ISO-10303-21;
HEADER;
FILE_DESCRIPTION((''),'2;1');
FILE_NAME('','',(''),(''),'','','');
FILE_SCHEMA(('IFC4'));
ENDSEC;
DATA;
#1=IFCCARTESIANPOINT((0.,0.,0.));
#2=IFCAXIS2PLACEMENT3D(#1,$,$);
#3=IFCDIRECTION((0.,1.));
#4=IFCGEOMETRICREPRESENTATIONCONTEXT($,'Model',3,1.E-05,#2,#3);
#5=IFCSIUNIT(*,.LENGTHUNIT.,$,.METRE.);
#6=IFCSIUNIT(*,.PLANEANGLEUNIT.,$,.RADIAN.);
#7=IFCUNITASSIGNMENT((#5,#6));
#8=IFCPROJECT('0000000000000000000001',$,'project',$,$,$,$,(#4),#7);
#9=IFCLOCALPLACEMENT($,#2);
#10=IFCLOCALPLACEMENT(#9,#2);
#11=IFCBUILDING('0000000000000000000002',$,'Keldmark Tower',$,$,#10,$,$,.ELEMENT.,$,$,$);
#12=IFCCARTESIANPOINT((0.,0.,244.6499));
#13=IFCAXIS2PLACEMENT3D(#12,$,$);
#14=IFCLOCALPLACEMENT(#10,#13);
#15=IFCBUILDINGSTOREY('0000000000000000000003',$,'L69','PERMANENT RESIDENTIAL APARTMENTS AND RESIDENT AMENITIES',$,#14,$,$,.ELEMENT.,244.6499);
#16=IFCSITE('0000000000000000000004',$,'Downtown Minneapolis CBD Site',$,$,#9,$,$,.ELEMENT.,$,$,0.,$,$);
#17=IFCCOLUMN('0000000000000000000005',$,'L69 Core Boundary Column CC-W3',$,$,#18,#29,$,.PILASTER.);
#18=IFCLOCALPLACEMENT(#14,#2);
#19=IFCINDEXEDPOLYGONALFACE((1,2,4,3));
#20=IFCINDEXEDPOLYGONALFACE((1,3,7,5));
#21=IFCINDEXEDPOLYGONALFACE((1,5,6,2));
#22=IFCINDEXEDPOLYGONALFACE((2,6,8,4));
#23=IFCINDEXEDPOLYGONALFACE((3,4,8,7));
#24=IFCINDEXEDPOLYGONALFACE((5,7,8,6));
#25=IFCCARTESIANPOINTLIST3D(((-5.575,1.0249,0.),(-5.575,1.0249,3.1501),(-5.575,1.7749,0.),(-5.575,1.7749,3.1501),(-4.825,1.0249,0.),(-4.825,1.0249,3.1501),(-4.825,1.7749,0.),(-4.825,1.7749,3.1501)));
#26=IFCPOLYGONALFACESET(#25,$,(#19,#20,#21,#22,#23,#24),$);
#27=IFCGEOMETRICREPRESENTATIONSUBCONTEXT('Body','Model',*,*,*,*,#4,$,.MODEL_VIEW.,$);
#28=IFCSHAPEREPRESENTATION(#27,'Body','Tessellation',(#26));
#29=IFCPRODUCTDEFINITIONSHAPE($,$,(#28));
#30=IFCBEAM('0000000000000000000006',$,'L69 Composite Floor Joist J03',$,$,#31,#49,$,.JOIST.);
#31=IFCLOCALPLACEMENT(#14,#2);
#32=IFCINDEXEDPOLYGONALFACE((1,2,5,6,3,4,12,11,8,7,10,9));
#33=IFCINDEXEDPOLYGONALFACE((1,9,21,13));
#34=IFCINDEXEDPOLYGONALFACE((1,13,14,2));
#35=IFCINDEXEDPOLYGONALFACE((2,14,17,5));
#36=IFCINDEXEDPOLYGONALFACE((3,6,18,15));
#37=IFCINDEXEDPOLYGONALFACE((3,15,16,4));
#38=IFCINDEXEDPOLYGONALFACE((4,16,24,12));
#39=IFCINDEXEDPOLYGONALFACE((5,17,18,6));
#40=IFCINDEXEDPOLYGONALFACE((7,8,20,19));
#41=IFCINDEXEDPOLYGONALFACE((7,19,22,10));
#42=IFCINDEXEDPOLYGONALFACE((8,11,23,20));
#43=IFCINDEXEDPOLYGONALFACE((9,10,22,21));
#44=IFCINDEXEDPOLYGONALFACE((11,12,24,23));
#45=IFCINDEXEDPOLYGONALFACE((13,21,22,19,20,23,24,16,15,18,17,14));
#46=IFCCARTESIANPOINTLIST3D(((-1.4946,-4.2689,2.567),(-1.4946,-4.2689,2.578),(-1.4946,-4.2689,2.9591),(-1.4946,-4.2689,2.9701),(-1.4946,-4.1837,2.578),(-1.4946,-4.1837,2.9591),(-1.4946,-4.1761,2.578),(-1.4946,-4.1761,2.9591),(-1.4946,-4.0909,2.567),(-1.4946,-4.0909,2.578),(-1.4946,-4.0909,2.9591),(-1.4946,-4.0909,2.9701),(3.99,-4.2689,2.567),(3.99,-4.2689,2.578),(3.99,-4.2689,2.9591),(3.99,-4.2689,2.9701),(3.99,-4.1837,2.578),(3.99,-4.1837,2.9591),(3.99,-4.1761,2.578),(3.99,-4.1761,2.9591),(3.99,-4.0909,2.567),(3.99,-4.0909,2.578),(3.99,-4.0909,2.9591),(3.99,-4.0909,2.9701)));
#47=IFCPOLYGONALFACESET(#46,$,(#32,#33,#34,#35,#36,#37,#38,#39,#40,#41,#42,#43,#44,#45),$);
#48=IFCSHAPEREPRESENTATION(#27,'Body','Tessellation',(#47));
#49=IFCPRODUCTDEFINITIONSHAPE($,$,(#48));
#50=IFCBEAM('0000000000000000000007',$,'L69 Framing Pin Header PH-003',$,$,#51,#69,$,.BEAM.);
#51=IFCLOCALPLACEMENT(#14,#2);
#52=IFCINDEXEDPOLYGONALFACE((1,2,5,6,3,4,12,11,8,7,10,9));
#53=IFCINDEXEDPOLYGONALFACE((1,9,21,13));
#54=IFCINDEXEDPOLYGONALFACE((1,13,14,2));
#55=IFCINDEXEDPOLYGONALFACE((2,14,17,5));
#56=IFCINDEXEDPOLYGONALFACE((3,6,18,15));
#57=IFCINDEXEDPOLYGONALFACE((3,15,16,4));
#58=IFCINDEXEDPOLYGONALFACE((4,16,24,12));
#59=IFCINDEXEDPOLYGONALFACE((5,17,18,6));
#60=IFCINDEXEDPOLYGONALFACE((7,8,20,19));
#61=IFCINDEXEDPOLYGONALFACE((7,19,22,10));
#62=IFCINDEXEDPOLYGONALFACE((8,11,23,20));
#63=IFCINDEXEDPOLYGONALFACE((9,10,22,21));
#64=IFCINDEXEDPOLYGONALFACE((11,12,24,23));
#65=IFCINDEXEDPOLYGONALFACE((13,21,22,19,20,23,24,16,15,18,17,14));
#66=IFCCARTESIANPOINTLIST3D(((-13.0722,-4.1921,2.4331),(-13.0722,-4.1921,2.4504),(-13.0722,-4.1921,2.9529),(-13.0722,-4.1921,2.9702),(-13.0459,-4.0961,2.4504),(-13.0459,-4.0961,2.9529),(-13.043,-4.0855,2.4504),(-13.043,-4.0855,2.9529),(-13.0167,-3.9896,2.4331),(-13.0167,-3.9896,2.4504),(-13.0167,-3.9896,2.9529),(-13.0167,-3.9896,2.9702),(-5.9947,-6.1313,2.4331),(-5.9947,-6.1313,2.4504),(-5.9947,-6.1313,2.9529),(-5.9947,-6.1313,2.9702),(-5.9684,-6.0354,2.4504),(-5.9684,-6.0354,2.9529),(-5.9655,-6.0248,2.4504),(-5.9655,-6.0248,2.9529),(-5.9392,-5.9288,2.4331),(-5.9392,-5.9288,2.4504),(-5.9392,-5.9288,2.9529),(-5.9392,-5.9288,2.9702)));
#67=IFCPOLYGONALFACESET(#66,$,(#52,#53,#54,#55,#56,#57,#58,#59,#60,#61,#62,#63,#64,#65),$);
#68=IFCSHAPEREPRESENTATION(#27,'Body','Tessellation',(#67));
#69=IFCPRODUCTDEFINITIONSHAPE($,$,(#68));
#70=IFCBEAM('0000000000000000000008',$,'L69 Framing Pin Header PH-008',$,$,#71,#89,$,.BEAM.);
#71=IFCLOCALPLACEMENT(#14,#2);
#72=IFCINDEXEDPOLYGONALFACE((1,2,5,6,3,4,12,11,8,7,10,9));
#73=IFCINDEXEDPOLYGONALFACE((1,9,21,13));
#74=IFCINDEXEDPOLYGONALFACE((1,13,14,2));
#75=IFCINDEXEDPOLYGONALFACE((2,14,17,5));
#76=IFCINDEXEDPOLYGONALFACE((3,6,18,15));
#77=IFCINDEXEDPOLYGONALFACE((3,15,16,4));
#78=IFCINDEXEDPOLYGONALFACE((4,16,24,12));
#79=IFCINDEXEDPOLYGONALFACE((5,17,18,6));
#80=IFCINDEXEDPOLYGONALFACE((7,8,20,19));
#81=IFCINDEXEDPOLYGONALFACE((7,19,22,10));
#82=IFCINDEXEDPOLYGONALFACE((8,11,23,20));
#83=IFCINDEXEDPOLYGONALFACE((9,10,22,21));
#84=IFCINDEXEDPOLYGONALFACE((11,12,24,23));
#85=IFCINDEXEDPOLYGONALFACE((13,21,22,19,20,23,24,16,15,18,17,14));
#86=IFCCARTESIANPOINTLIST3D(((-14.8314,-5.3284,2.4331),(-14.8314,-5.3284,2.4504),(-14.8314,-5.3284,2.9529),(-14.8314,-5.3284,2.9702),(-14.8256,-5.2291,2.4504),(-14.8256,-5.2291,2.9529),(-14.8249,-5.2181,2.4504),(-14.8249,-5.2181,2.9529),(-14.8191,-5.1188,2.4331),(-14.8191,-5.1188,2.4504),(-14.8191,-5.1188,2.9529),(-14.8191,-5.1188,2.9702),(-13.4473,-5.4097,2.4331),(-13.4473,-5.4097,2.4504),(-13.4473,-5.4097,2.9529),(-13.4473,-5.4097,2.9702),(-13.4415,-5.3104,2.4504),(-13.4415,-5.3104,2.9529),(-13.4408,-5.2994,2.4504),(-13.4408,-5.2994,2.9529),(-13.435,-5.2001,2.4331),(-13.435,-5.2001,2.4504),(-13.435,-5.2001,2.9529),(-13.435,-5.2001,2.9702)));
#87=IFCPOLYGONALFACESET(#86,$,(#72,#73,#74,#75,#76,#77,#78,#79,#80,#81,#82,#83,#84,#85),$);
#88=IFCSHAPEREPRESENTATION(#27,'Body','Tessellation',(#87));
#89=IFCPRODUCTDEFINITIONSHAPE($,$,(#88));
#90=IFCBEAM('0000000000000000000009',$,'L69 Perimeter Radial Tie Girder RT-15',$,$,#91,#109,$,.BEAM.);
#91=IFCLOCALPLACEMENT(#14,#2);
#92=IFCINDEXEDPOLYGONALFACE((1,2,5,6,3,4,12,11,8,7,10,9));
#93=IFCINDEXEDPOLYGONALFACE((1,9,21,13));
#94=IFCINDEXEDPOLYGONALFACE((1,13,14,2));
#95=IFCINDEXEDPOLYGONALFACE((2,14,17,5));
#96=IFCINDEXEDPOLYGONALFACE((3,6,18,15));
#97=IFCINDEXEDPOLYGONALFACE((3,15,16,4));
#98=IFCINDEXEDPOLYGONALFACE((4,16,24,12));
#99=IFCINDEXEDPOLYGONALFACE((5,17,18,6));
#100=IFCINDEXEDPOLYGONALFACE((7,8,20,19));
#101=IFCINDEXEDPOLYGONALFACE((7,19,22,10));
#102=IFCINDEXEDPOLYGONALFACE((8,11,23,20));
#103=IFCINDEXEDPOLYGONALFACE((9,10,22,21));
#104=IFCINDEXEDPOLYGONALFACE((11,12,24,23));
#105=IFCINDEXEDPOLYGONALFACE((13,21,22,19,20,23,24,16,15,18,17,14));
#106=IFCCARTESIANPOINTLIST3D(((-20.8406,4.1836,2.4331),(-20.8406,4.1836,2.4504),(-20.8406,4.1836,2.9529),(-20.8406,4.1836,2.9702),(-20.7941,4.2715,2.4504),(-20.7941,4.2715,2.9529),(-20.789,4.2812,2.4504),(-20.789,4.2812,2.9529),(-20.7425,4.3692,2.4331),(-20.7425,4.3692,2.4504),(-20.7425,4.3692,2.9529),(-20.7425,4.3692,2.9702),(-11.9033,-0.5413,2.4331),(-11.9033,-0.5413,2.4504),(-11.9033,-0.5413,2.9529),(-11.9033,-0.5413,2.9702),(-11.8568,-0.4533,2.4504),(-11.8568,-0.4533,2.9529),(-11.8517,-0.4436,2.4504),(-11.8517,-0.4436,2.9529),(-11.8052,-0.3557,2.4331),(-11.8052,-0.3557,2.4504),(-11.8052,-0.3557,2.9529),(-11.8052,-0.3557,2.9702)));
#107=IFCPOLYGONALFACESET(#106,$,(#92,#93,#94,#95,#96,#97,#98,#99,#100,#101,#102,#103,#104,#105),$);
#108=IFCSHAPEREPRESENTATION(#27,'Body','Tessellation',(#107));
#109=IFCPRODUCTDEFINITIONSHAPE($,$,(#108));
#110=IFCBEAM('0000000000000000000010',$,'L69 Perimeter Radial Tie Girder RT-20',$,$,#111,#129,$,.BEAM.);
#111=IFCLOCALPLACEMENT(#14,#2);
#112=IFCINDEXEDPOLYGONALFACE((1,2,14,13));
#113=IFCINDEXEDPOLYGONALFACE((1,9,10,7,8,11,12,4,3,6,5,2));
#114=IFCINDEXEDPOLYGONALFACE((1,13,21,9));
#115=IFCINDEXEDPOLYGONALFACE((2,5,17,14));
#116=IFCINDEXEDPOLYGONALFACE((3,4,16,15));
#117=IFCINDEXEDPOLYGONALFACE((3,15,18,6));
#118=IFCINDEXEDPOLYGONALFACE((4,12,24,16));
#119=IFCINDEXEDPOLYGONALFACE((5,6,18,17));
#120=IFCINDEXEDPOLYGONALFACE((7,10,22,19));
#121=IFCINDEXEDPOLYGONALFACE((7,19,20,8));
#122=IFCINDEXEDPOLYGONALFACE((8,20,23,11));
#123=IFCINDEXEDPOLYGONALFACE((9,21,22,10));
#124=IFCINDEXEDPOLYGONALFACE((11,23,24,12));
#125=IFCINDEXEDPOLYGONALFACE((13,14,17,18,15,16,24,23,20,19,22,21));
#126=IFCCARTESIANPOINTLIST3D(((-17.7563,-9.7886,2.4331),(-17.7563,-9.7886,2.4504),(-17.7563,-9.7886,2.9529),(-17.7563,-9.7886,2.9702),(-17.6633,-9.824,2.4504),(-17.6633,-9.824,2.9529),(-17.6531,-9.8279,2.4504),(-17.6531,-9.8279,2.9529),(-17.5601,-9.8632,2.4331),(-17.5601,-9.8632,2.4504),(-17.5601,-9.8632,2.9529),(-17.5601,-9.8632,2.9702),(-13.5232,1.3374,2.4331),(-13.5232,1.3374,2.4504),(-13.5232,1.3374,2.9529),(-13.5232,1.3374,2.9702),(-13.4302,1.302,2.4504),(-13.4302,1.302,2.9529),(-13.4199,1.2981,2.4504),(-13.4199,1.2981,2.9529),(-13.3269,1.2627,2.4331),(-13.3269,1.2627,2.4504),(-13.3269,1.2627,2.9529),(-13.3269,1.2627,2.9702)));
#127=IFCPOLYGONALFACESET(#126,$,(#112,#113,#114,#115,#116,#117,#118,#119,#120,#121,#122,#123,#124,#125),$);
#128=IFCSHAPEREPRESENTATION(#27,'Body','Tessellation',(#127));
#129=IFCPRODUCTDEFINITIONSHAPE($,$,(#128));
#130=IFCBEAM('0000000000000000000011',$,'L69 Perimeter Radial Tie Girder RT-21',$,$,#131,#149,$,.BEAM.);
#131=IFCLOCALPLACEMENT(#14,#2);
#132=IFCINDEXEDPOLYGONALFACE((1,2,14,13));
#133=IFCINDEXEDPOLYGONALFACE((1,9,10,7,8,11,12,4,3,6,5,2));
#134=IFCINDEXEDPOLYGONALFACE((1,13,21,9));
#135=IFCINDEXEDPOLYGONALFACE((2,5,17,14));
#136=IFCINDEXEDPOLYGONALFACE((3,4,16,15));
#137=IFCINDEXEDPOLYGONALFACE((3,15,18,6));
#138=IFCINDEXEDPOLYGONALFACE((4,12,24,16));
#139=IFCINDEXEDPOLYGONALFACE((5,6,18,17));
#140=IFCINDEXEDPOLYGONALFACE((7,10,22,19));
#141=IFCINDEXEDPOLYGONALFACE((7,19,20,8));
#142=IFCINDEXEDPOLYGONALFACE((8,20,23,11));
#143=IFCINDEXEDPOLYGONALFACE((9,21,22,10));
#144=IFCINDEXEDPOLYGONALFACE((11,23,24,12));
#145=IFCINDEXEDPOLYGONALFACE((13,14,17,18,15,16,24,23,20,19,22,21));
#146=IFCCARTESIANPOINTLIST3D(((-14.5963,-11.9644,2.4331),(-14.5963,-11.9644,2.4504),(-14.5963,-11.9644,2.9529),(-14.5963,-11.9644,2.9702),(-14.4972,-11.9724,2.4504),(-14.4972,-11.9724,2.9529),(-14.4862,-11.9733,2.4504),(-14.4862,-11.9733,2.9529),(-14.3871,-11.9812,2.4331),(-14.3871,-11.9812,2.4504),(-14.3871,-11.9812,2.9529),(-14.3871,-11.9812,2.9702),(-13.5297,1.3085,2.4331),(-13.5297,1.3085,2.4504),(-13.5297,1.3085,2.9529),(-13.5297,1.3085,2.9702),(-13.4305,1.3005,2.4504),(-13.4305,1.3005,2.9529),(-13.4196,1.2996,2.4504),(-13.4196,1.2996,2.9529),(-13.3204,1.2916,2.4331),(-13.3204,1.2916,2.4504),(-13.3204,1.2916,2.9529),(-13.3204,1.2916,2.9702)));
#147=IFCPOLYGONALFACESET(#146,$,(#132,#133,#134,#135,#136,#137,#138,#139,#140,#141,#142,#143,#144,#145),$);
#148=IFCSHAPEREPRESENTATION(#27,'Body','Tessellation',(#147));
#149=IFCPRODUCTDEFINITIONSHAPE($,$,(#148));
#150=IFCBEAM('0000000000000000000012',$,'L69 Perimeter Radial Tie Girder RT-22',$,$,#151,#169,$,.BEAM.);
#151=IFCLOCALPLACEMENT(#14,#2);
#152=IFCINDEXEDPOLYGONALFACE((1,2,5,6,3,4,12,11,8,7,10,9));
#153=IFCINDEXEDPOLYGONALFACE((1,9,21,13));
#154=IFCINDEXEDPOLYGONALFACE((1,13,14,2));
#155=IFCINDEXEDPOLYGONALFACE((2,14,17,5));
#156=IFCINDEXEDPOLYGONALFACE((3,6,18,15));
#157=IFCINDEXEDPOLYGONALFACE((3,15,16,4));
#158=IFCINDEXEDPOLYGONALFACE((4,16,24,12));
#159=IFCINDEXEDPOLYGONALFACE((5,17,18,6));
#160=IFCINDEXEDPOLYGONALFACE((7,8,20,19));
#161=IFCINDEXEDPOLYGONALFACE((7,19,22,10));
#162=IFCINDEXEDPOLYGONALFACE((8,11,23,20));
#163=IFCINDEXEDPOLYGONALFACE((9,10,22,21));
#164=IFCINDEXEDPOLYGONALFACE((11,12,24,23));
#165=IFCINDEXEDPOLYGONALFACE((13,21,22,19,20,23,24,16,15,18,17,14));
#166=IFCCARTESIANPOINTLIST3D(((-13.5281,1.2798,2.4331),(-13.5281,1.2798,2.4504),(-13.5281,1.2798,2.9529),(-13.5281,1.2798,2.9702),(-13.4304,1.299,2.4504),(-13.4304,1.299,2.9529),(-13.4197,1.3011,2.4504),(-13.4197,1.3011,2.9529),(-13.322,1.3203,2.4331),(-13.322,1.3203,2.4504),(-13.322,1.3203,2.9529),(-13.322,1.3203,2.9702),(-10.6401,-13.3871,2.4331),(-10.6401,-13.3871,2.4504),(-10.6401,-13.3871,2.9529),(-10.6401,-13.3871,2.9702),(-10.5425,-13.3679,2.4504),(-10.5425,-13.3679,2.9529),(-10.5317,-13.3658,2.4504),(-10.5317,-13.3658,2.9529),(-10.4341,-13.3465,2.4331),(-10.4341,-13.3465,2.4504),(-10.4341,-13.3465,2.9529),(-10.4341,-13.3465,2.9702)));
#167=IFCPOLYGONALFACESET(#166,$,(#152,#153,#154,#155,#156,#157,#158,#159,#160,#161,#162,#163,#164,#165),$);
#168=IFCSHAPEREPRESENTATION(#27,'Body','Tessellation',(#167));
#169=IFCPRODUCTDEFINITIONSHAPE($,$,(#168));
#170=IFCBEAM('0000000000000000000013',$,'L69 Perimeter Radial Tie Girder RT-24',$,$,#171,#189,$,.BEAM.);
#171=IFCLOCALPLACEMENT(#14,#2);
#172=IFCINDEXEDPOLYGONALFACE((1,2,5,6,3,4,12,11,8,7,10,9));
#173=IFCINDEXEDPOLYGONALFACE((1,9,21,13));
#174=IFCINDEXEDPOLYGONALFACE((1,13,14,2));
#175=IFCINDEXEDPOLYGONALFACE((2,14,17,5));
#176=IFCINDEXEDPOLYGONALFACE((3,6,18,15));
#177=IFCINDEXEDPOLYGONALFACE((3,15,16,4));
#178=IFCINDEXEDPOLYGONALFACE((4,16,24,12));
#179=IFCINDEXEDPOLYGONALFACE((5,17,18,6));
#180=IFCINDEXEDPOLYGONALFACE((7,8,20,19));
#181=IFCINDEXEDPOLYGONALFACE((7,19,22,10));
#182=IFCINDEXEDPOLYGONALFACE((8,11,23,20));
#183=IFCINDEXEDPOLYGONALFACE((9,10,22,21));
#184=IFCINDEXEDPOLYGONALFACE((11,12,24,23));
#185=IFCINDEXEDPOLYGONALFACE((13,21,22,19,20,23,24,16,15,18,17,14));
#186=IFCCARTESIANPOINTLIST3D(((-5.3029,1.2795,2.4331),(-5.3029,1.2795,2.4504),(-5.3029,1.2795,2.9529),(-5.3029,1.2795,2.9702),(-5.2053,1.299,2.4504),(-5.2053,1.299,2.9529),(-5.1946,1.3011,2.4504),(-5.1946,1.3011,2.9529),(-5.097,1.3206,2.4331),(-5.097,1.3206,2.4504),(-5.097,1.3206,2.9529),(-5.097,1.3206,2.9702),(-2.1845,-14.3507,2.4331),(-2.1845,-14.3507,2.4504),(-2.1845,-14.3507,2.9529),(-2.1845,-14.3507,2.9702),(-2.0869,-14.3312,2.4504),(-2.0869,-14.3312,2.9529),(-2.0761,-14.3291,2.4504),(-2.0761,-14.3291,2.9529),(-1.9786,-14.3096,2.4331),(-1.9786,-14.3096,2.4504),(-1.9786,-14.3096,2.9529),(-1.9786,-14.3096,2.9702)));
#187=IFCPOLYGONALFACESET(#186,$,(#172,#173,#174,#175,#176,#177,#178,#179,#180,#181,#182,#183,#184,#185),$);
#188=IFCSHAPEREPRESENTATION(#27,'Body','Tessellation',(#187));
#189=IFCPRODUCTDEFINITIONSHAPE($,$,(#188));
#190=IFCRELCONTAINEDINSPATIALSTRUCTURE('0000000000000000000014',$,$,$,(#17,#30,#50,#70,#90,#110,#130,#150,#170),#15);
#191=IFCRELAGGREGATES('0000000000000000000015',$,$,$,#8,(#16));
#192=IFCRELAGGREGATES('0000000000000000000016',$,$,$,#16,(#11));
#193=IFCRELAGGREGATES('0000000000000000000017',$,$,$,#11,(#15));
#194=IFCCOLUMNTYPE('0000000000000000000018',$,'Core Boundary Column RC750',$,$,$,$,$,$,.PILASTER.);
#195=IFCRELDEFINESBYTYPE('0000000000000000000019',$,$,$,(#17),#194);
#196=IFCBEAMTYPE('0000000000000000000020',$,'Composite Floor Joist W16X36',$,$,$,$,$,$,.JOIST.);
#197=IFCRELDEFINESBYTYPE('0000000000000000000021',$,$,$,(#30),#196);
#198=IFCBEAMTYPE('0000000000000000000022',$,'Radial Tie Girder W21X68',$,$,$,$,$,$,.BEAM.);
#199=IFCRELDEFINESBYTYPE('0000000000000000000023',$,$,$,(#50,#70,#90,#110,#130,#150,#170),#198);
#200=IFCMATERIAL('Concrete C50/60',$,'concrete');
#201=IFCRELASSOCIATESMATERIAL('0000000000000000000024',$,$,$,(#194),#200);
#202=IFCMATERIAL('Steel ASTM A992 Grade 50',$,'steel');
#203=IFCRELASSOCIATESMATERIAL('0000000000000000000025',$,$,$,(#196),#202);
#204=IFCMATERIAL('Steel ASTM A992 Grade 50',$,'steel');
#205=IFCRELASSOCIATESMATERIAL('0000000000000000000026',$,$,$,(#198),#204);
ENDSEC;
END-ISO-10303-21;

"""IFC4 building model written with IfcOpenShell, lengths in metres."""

from ifc_helpers import new_model, si_unit, direction, frame, origin, origin_2d, place, context, subcontext, project, spatial, rectangle, i_section, extrude, material, material_profile, profile_set, type_object, element, save


model = new_model("IFC4")

# Units and contexts
model_context = context("Model", 3, precision=1e-05, world=origin(), true_north=direction((0.0, 1.0)))
body_context = subcontext(model_context, "Body", "Model", "MODEL_VIEW")
ifc_project = project(units=[si_unit("LENGTHUNIT", "METRE"), si_unit("PLANEANGLEUNIT", "RADIAN")], contexts=[model_context])

# Site, building, storey
site_placement = place(None, origin())
site = spatial("IfcSite", under=ifc_project, at=site_placement, Name="Downtown Minneapolis CBD Site", CompositionType="ELEMENT", RefElevation=0.0)
building_placement = place(site_placement, origin())
building = spatial("IfcBuilding", under=site, at=building_placement, Name="Keldmark Tower", CompositionType="ELEMENT")
storey_placement = place(building_placement, frame((0.0, 0.0, 244.6499)))
storey = spatial("IfcBuildingStorey", under=building, at=storey_placement, Name="L69", Description="PERMANENT RESIDENTIAL APARTMENTS AND RESIDENT AMENITIES", CompositionType="ELEMENT", Elevation=244.6499)

# Column
ifc_material_1 = material(Name="Concrete C50/60", Category="concrete")
ifc_material_profile_1 = material_profile(ifc_material_1, rectangle(XDim=0.75, YDim=0.75, at=origin_2d()), Name="RC750X750")
ifc_profile_set_1 = profile_set([ifc_material_profile_1], Name="Concrete C50/60")
column_type = type_object("IfcColumnType", Name="Core Boundary Column RC750", PredefinedType="PILASTER", material=ifc_profile_set_1)
column_placement = place(storey_placement, frame((-5.2, 1.3999, 0.0), z_axis=(0.0, 0.0, 1.0), x_axis=(1.0, 0.0, 0.0)))
element("IfcColumn", 1, at=column_placement, inside=storey, type_object=column_type, Name="L69 Core Boundary Column CC-W3", PredefinedType="PILASTER", context=body_context, shape_type="SweptSolid", body=[
    extrude(rectangle(XDim=0.75, YDim=0.75, at=origin_2d()), origin(), (0.0, 0.0, 1.0), 3.1501),
])

# Beams
ifc_material_2 = material(Name="Steel ASTM A992 Grade 50", Category="steel")
ifc_material_profile_2 = material_profile(ifc_material_2, i_section(OverallWidth=0.178, OverallDepth=0.4031, WebThickness=0.0076, FlangeThickness=0.011, at=origin_2d()), Name="W16X36")
ifc_profile_set_2 = profile_set([ifc_material_profile_2], Name="Steel ASTM A992 Grade 50")
beam_type_1 = type_object("IfcBeamType", Name="Composite Floor Joist W16X36", PredefinedType="JOIST", material=ifc_profile_set_2)
beam_1_placement = place(storey_placement, frame((-1.4946, -4.1799, 2.7686), z_axis=(1.0, 0.0, 0.0), x_axis=(0.0, 1.0, 0.0)))
element("IfcBeam", 2, at=beam_1_placement, inside=storey, type_object=beam_type_1, Name="L69 Composite Floor Joist J03", PredefinedType="JOIST", context=body_context, shape_type="SweptSolid", body=[
    extrude(i_section(OverallWidth=0.178, OverallDepth=0.4031, WebThickness=0.0076, FlangeThickness=0.011, at=origin_2d()), origin(), (0.0, 0.0, 1.0), 5.4846),
])
ifc_material_3 = material(Name="Steel ASTM A992 Grade 50", Category="steel")
ifc_material_profile_3 = material_profile(ifc_material_3, i_section(OverallWidth=0.21, OverallDepth=0.5371, WebThickness=0.011, FlangeThickness=0.0173, at=origin_2d()), Name="W21X68")
ifc_profile_set_3 = profile_set([ifc_material_profile_3], Name="Steel ASTM A992 Grade 50")
beam_type_2 = type_object("IfcBeamType", Name="Radial Tie Girder W21X68", PredefinedType="BEAM", material=ifc_profile_set_3)
beam_2_placement = place(storey_placement, frame((-13.0444, -4.0908, 2.7017), z_axis=(0.964451, -0.26426, 0.0), x_axis=(0.26426, 0.964451, 0.0)))
element("IfcBeam", 3, at=beam_2_placement, inside=storey, type_object=beam_type_2, Name="L69 Framing Pin Header PH-003", PredefinedType="BEAM", context=body_context, shape_type="SweptSolid", body=[
    extrude(i_section(OverallWidth=0.21, OverallDepth=0.5371, WebThickness=0.011, FlangeThickness=0.0173, at=origin_2d()), origin(), (0.0, 0.0, 1.0), 7.3384),
])
beam_3_placement = place(storey_placement, frame((-13.4412, -5.3049, 2.7017), z_axis=(-0.998279, 0.058639, 0.0), x_axis=(-0.058639, -0.998279, 0.0)))
element("IfcBeam", 4, at=beam_3_placement, inside=storey, type_object=beam_type_2, Name="L69 Framing Pin Header PH-008", PredefinedType="BEAM", context=body_context, shape_type="SweptSolid", body=[
    extrude(i_section(OverallWidth=0.21, OverallDepth=0.5371, WebThickness=0.011, FlangeThickness=0.0173, at=origin_2d()), origin(), (0.0, 0.0, 1.0), 1.3865),
])
beam_4_placement = place(storey_placement, frame((-11.8542, -0.4485, 2.7017), z_axis=(-0.884059, 0.467375, 0.0), x_axis=(-0.467375, -0.884059, 0.0)))
element("IfcBeam", 5, at=beam_4_placement, inside=storey, type_object=beam_type_2, Name="L69 Perimeter Radial Tie Girder RT-15", PredefinedType="BEAM", context=body_context, shape_type="SweptSolid", body=[
    extrude(i_section(OverallWidth=0.21, OverallDepth=0.5371, WebThickness=0.011, FlangeThickness=0.0173, at=origin_2d()), origin(), (0.0, 0.0, 1.0), 10.1094),
])
beam_5_placement = place(storey_placement, frame((-13.425, 1.3, 2.7017), z_axis=(-0.355606, -0.934636, 0.0), x_axis=(0.934636, -0.355606, 0.0)))
element("IfcBeam", 6, at=beam_5_placement, inside=storey, type_object=beam_type_2, Name="L69 Perimeter Radial Tie Girder RT-20", PredefinedType="BEAM", context=body_context, shape_type="SweptSolid", body=[
    extrude(i_section(OverallWidth=0.21, OverallDepth=0.5371, WebThickness=0.011, FlangeThickness=0.0173, at=origin_2d()), origin(), (0.0, 0.0, 1.0), 11.9041),
])
beam_6_placement = place(storey_placement, frame((-13.425, 1.3, 2.7017), z_axis=(-0.080104, -0.996786, 0.0), x_axis=(0.996786, -0.080104, 0.0)))
element("IfcBeam", 7, at=beam_6_placement, inside=storey, type_object=beam_type_2, Name="L69 Perimeter Radial Tie Girder RT-21", PredefinedType="BEAM", context=body_context, shape_type="SweptSolid", body=[
    extrude(i_section(OverallWidth=0.21, OverallDepth=0.5371, WebThickness=0.011, FlangeThickness=0.0173, at=origin_2d()), origin(), (0.0, 0.0, 1.0), 13.3157),
])
beam_7_placement = place(storey_placement, frame((-13.425, 1.3, 2.7017), z_axis=(0.193194, -0.981161, 0.0), x_axis=(0.981161, 0.193194, 0.0)))
element("IfcBeam", 8, at=beam_7_placement, inside=storey, type_object=beam_type_2, Name="L69 Perimeter Radial Tie Girder RT-22", PredefinedType="BEAM", context=body_context, shape_type="SweptSolid", body=[
    extrude(i_section(OverallWidth=0.21, OverallDepth=0.5371, WebThickness=0.011, FlangeThickness=0.0173, at=origin_2d()), origin(), (0.0, 0.0, 1.0), 14.9485),
])
beam_8_placement = place(storey_placement, frame((-5.2, 1.3, 2.7017), z_axis=(0.195657, -0.980672, 0.0), x_axis=(0.980672, 0.195657, 0.0)))
element("IfcBeam", 9, at=beam_8_placement, inside=storey, type_object=beam_type_2, Name="L69 Perimeter Radial Tie Girder RT-24", PredefinedType="BEAM", context=body_context, shape_type="SweptSolid", body=[
    extrude(i_section(OverallWidth=0.21, OverallDepth=0.5371, WebThickness=0.011, FlangeThickness=0.0173, at=origin_2d()), origin(), (0.0, 0.0, 1.0), 15.9382),
])

save(model, "model.ifc")
